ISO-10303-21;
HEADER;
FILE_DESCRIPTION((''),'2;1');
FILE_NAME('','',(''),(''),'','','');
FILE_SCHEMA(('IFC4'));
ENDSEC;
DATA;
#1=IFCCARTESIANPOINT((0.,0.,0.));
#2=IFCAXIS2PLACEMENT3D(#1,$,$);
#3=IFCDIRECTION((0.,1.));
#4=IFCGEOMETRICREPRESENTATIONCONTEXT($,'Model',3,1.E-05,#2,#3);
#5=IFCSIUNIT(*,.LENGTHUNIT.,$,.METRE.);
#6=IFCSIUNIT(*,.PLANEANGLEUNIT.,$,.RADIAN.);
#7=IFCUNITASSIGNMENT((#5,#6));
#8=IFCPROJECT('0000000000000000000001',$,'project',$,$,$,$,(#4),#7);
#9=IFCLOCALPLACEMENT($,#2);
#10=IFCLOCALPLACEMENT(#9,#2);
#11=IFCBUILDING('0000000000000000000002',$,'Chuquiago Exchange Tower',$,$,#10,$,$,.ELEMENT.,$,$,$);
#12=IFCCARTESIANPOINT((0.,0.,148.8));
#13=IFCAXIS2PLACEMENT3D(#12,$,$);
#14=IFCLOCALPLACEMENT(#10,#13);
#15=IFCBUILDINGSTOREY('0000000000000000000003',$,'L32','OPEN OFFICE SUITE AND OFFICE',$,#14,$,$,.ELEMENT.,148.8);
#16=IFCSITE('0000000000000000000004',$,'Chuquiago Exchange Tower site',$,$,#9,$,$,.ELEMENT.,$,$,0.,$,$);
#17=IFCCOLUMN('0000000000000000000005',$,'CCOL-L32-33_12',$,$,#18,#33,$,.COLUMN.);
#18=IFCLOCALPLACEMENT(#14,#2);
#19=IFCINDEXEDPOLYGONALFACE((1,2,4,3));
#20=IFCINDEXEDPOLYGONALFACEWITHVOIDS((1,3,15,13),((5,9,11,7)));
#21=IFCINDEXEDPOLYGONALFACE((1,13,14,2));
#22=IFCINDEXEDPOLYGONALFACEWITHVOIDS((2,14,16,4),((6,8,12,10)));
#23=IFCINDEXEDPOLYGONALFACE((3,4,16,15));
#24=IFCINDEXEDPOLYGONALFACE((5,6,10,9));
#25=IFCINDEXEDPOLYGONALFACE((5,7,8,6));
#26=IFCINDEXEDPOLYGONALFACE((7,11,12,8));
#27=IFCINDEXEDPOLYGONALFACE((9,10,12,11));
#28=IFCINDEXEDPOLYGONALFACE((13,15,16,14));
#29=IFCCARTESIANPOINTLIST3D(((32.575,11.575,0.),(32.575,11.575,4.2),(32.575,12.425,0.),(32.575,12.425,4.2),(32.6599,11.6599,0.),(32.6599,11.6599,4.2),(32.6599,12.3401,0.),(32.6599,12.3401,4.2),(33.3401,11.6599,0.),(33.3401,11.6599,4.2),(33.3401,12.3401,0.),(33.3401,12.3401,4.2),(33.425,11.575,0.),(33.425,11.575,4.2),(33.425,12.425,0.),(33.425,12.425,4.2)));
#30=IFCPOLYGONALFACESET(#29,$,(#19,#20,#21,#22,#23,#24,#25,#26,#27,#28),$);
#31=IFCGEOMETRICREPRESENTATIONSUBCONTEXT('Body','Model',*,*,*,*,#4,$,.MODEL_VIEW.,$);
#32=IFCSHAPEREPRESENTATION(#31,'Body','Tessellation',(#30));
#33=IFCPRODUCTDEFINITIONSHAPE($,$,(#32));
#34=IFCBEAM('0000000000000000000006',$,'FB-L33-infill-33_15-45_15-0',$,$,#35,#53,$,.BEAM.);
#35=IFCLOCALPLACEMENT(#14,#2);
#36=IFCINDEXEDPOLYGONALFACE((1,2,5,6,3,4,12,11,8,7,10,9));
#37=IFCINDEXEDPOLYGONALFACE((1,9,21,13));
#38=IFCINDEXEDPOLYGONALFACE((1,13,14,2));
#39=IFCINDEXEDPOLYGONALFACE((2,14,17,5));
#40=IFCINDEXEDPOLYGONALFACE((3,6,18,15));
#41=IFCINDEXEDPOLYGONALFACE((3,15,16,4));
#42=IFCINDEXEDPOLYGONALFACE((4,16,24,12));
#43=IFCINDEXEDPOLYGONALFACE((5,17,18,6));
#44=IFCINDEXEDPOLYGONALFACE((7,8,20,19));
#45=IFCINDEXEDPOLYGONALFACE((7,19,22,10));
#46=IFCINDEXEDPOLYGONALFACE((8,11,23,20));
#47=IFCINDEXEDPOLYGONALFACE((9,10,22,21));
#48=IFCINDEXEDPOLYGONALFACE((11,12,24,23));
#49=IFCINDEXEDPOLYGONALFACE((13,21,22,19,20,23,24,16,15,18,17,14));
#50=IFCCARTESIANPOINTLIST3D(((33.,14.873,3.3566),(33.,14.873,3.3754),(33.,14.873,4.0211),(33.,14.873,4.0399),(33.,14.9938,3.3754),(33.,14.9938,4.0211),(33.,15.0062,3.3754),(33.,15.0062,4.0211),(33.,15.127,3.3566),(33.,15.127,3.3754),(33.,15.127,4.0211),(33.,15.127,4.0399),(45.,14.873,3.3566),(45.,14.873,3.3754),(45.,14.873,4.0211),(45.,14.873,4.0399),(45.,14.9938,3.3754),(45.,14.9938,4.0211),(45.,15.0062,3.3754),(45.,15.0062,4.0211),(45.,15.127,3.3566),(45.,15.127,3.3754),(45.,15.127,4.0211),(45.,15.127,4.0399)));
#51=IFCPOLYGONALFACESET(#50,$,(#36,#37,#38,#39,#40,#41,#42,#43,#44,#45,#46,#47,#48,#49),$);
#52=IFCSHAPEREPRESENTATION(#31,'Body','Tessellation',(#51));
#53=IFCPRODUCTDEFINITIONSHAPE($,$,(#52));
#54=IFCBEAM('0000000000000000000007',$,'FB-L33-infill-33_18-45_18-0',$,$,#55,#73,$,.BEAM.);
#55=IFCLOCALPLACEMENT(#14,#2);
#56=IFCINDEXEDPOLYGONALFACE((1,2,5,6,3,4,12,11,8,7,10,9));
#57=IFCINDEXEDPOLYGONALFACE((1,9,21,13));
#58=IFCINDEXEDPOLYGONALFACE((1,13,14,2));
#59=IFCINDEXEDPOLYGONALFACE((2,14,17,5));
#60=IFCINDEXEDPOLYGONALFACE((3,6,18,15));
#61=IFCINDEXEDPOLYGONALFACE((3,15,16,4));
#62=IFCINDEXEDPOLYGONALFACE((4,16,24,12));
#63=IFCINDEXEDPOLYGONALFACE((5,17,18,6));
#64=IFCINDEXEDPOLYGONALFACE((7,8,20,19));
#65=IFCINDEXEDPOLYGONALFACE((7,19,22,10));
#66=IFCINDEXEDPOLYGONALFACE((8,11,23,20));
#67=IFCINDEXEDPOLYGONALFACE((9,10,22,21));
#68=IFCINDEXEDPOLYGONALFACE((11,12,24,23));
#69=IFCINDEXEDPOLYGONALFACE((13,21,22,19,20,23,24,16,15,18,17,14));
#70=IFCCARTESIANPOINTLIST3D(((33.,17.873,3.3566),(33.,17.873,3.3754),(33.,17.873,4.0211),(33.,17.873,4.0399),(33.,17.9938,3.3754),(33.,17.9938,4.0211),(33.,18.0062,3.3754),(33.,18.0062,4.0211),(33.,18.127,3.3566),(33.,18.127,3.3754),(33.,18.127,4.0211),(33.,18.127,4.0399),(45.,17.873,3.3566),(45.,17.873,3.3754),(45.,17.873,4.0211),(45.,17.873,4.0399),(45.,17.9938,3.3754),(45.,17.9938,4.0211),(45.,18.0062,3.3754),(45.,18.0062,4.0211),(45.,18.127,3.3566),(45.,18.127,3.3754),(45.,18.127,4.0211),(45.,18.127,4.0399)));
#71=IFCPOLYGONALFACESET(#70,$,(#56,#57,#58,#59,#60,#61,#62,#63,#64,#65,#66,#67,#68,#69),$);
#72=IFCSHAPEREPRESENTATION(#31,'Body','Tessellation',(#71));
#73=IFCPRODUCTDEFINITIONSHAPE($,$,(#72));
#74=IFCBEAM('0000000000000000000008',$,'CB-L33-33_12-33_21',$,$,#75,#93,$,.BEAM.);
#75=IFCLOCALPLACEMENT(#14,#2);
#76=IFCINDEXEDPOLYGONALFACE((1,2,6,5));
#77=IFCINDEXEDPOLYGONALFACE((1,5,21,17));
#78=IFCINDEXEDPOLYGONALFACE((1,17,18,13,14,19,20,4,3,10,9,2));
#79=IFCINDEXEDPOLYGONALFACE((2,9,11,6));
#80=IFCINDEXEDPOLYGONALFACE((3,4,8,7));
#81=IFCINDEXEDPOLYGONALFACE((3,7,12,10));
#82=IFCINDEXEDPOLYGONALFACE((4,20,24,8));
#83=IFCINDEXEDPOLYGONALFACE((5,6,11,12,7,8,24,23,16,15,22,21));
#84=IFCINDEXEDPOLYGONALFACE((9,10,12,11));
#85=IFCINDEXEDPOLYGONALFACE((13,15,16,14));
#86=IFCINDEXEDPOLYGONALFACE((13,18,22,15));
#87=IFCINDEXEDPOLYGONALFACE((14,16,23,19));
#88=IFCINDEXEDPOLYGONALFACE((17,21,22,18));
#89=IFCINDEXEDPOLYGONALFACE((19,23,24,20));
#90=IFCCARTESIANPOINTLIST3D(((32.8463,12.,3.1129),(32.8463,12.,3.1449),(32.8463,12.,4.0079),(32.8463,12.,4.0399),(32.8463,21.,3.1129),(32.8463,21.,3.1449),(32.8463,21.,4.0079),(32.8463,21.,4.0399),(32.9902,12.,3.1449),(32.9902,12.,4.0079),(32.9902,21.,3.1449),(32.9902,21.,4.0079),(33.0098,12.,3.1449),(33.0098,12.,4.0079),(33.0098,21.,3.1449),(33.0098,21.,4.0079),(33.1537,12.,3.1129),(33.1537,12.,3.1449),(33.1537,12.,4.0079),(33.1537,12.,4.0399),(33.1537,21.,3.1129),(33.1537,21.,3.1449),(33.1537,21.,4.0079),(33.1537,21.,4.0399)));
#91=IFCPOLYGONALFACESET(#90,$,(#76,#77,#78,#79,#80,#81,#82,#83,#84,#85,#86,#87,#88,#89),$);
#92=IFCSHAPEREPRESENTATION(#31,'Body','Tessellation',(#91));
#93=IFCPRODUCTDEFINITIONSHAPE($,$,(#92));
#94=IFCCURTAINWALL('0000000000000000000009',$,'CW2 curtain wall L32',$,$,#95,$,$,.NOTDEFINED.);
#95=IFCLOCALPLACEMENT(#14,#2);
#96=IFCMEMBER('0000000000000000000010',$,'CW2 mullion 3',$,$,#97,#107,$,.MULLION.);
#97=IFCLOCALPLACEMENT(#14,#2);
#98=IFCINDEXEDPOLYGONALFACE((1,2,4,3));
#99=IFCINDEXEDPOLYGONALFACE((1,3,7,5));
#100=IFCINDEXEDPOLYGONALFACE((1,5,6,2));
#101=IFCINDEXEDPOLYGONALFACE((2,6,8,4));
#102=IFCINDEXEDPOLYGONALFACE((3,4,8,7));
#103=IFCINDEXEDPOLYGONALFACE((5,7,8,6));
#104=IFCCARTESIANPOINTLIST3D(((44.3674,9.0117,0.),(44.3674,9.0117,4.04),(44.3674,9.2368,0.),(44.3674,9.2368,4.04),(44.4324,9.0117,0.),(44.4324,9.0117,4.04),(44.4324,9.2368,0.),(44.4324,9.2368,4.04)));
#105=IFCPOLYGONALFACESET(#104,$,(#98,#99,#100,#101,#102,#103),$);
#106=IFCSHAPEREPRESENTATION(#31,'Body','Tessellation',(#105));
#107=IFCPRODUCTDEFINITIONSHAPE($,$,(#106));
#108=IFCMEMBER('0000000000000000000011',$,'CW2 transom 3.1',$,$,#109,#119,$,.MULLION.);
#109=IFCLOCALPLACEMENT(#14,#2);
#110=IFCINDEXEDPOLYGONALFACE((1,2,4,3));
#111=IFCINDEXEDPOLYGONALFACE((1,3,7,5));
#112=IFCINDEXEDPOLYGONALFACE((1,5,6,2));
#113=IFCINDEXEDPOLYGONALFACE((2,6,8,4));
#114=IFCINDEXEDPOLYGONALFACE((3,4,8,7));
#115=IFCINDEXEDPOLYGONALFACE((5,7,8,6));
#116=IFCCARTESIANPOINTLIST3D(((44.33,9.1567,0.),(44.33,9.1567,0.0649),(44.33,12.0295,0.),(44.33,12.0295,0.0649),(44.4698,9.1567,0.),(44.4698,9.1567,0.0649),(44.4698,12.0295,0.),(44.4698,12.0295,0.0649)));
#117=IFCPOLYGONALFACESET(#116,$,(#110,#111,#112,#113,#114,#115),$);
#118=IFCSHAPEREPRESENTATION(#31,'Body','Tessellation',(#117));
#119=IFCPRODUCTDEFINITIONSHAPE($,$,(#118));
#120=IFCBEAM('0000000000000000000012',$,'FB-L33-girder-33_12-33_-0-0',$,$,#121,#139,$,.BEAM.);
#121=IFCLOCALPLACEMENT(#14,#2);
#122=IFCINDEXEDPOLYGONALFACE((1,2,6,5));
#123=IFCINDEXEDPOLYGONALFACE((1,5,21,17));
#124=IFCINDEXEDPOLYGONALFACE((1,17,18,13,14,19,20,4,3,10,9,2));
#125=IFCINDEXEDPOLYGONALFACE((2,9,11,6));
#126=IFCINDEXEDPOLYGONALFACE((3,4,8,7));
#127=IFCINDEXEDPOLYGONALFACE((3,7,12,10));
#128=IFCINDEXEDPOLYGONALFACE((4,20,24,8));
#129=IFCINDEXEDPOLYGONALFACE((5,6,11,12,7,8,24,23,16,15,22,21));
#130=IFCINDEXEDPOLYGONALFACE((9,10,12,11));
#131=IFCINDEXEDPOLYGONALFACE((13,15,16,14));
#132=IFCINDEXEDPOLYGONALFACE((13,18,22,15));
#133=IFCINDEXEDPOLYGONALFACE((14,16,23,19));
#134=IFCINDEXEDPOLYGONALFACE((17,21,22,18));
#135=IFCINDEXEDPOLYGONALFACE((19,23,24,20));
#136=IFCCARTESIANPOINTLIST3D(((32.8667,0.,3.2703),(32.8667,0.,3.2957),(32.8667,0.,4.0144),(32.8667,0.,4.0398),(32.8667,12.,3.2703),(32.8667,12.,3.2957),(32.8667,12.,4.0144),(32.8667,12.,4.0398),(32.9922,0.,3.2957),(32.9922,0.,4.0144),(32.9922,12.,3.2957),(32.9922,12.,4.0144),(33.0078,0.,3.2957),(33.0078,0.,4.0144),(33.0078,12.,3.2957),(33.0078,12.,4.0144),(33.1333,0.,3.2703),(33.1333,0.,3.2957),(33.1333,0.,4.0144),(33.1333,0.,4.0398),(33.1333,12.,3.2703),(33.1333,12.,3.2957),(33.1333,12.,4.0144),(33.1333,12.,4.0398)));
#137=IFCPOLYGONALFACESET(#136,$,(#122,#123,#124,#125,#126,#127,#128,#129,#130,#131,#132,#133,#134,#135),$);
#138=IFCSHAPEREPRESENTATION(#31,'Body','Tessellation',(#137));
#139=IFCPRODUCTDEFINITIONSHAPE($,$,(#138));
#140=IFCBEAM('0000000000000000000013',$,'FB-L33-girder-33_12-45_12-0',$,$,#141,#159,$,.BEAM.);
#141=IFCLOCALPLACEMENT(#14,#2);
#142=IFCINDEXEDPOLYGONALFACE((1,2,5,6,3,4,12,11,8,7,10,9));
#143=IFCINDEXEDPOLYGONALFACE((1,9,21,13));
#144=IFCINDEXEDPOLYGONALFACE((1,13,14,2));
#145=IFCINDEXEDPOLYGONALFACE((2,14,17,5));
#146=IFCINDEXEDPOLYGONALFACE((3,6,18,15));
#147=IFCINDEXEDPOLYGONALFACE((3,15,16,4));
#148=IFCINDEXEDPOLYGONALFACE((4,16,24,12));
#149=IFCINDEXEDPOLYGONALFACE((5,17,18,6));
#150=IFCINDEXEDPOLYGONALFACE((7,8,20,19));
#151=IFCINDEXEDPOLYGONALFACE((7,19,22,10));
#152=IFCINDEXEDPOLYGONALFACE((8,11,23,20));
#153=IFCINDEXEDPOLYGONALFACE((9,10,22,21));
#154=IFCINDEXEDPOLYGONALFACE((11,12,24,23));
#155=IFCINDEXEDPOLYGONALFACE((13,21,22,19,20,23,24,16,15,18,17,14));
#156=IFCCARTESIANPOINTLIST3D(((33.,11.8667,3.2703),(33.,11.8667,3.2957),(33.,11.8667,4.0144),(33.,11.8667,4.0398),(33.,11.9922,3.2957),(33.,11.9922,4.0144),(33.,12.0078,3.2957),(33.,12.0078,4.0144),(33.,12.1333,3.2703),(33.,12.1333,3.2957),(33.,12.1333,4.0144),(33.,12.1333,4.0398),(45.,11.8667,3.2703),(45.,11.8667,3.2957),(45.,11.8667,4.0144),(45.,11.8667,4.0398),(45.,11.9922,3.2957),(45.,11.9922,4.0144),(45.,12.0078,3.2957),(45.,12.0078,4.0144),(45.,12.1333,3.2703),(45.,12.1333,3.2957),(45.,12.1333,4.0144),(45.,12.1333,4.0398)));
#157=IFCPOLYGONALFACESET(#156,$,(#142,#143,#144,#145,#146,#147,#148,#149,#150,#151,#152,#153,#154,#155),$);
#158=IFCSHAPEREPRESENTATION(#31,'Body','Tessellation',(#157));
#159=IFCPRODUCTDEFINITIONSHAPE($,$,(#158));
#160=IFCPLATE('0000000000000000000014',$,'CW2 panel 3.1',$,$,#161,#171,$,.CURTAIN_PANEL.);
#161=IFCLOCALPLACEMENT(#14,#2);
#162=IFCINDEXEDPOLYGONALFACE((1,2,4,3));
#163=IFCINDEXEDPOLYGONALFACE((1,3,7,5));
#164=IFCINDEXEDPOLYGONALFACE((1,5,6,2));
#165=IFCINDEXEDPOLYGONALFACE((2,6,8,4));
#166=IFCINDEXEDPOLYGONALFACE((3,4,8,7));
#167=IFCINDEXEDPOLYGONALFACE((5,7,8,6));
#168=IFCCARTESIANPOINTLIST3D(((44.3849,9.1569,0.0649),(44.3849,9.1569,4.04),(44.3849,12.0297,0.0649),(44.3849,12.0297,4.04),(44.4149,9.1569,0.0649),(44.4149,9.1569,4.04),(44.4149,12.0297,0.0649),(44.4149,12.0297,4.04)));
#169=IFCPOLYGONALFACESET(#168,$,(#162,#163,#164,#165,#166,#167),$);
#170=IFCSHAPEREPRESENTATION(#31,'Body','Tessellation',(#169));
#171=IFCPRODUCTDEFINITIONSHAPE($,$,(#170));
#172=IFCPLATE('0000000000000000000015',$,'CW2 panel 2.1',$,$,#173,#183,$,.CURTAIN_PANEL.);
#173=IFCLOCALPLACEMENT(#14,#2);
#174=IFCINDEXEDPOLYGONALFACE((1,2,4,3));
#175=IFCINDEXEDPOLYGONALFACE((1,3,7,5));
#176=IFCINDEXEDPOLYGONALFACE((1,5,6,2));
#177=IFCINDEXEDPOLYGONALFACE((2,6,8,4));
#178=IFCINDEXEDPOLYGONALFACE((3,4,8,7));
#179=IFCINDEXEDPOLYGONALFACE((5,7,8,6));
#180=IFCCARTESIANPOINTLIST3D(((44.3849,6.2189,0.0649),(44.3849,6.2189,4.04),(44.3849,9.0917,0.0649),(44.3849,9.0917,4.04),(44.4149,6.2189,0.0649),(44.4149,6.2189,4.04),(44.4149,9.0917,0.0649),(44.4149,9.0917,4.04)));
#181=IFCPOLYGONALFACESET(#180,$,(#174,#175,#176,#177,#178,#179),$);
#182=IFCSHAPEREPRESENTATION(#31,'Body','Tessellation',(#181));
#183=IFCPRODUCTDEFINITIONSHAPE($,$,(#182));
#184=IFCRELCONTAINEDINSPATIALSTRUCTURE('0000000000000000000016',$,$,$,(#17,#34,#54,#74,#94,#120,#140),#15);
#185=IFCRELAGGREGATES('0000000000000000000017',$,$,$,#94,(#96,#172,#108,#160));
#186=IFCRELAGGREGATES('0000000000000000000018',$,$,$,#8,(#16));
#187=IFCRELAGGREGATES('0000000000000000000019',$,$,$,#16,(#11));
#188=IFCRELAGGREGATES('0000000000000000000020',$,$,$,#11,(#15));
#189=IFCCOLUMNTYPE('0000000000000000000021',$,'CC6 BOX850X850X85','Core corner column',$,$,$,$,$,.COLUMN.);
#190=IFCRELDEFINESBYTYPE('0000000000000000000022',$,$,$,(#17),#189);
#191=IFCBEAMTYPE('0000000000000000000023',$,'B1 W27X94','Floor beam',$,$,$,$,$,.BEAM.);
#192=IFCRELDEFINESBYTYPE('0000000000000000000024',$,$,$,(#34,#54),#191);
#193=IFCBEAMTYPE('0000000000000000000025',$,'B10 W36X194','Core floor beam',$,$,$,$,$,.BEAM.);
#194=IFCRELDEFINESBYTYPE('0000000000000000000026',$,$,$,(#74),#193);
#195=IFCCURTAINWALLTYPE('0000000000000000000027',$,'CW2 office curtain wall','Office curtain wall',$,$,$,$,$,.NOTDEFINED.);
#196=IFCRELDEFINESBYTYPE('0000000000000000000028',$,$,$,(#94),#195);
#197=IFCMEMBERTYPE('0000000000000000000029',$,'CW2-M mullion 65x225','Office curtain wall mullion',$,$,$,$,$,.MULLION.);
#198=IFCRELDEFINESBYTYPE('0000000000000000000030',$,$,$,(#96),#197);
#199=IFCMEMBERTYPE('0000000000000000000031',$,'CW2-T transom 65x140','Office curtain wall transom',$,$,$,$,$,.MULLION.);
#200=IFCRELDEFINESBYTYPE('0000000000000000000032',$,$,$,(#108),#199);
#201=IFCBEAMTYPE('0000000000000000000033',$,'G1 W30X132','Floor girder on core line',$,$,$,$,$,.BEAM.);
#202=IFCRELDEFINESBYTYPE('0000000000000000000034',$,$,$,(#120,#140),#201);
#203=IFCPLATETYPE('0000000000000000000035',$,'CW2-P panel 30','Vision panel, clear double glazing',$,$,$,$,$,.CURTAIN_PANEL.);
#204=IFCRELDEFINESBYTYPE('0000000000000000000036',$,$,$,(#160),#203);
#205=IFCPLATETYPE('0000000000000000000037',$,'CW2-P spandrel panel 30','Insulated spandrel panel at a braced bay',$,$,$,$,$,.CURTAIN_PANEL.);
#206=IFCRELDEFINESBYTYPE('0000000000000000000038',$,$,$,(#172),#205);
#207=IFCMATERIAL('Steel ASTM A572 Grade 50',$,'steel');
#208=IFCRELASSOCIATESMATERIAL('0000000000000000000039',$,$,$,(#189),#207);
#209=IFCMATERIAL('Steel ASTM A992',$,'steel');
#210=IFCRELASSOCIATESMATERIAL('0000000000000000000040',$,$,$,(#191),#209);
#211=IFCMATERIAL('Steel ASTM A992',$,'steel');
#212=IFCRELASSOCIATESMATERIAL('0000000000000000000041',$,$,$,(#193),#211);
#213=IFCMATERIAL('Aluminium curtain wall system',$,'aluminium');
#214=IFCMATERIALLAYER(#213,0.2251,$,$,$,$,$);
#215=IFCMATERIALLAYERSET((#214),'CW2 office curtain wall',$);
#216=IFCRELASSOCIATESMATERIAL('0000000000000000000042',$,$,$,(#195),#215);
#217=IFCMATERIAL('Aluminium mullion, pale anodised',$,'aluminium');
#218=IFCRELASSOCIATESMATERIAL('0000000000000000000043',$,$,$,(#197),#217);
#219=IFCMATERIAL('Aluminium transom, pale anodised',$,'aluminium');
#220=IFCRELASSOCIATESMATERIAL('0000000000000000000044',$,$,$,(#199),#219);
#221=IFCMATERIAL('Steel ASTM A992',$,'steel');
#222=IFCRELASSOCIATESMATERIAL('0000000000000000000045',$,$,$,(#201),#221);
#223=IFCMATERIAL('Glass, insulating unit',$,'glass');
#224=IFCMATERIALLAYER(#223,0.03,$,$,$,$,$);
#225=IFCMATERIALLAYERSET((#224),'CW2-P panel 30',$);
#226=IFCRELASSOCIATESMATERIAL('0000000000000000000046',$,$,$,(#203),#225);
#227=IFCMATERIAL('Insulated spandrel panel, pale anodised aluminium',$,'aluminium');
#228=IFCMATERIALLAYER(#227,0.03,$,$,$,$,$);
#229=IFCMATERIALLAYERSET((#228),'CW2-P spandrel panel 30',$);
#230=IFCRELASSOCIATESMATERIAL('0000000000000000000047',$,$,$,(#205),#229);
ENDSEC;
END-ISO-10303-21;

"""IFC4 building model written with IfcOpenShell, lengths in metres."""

from ifc_helpers import new_model, si_unit, direction, frame, origin, origin_2d, place, context, subcontext, project, spatial, rectangle, hollow_rectangle, i_section, extrude, material, layer, layer_set, material_profile, profile_set, type_object, element, aggregate, save


model = new_model("IFC4")

# Units and contexts
model_context = context("Model", 3, precision=1e-05, world=origin(), true_north=direction((0.0, 1.0)))
body_context = subcontext(model_context, "Body", "Model", "MODEL_VIEW")
ifc_project = project(units=[si_unit("LENGTHUNIT", "METRE"), si_unit("PLANEANGLEUNIT", "RADIAN")], contexts=[model_context])

# Site, building, storey
site_placement = place(None, origin())
site = spatial("IfcSite", under=ifc_project, at=site_placement, Name="Chuquiago Exchange Tower site", CompositionType="ELEMENT", RefElevation=0.0)
building_placement = place(site_placement, origin())
building = spatial("IfcBuilding", under=site, at=building_placement, Name="Chuquiago Exchange Tower", CompositionType="ELEMENT")
storey_placement = place(building_placement, frame((0.0, 0.0, 148.8)))
storey = spatial("IfcBuildingStorey", under=building, at=storey_placement, Name="L32", Description="OPEN OFFICE SUITE AND OFFICE", CompositionType="ELEMENT", Elevation=148.8)

# Column
ifc_material_1 = material(Name="Steel ASTM A572 Grade 50", Category="steel")
ifc_material_profile_1 = material_profile(ifc_material_1, hollow_rectangle(XDim=0.8501, YDim=0.8501, WallThickness=0.085, at=origin_2d()), Name="BOX850X850X85")
ifc_profile_set_1 = profile_set([ifc_material_profile_1], Name="Steel ASTM A572 Grade 50")
column_type = type_object("IfcColumnType", Name="CC6 BOX850X850X85", Description="Core corner column", PredefinedType="COLUMN", material=ifc_profile_set_1)
column_placement = place(storey_placement, frame((33.0, 12.0, 0.0), z_axis=(0.0, 0.0, 1.0), x_axis=(1.0, 0.0, 0.0)))
element("IfcColumn", 1, at=column_placement, inside=storey, type_object=column_type, Name="CCOL-L32-33_12", PredefinedType="COLUMN", context=body_context, shape_type="SweptSolid", body=[
    extrude(hollow_rectangle(XDim=0.8501, YDim=0.8501, WallThickness=0.085, at=origin_2d()), origin(), (0.0, 0.0, 1.0), 4.2),
])

# Beams
ifc_material_2 = material(Name="Steel ASTM A992", Category="steel")
ifc_material_profile_2 = material_profile(ifc_material_2, i_section(OverallWidth=0.2539, OverallDepth=0.6833, WebThickness=0.0125, FlangeThickness=0.0188, at=origin_2d()), Name="W27X94")
ifc_profile_set_2 = profile_set([ifc_material_profile_2], Name="Steel ASTM A992")
beam_type_1 = type_object("IfcBeamType", Name="B1 W27X94", Description="Floor beam", PredefinedType="BEAM", material=ifc_profile_set_2)
for number, where, z_axis, x_axis, name in (
    (2, (33.0, 15.0, 3.6982), (1.0, 0.0, 0.0), (0.0, 1.0, 0.0), "FB-L33-infill-33_15-45_15-0"),
    (3, (33.0, 18.0, 3.6982), (1.0, 0.0, 0.0), (0.0, 1.0, 0.0), "FB-L33-infill-33_18-45_18-0"),
):
    element("IfcBeam", number, at=place(storey_placement, frame(where, z_axis=z_axis, x_axis=x_axis)), inside=storey, type_object=beam_type_1, Name=name, PredefinedType="BEAM", context=body_context, shape_type="SweptSolid", body=[
        extrude(i_section(OverallWidth=0.2539, OverallDepth=0.6833, WebThickness=0.0125, FlangeThickness=0.0188, at=origin_2d()), origin(), (0.0, 0.0, 1.0), 12.0),
    ])
ifc_material_3 = material(Name="Steel ASTM A992", Category="steel")
ifc_material_profile_3 = material_profile(ifc_material_3, i_section(OverallWidth=0.3074, OverallDepth=0.927, WebThickness=0.0195, FlangeThickness=0.032, at=origin_2d()), Name="W36X194")
ifc_profile_set_3 = profile_set([ifc_material_profile_3], Name="Steel ASTM A992")
beam_type_2 = type_object("IfcBeamType", Name="B10 W36X194", Description="Core floor beam", PredefinedType="BEAM", material=ifc_profile_set_3)
beam_placement = place(storey_placement, frame((33.0, 12.0, 3.5764), z_axis=(0.0, 1.0, 0.0), x_axis=(-1.0, 0.0, 0.0)))
element("IfcBeam", 4, at=beam_placement, inside=storey, type_object=beam_type_2, Name="CB-L33-33_12-33_21", PredefinedType="BEAM", context=body_context, shape_type="SweptSolid", body=[
    extrude(i_section(OverallWidth=0.3074, OverallDepth=0.927, WebThickness=0.0195, FlangeThickness=0.032, at=origin_2d()), origin(), (0.0, 0.0, 1.0), 9.0),
])

# Curtain wall, members
ifc_material_4 = material(Name="Aluminium curtain wall system", Category="aluminium")
ifc_layer_1 = layer(ifc_material_4, 0.2251)
ifc_layer_set_1 = layer_set([ifc_layer_1], Name="CW2 office curtain wall")
curtain_wall_type = type_object("IfcCurtainWallType", Name="CW2 office curtain wall", Description="Office curtain wall", PredefinedType="NOTDEFINED", material=ifc_layer_set_1)
curtain_wall_placement = place(storey_placement, origin())
curtain_wall = element("IfcCurtainWall", 5, at=curtain_wall_placement, inside=storey, type_object=curtain_wall_type, Name="CW2 curtain wall L32", PredefinedType="NOTDEFINED")
ifc_material_5 = material(Name="Aluminium mullion, pale anodised", Category="aluminium")
ifc_material_profile_4 = material_profile(ifc_material_5, rectangle(XDim=0.0649, YDim=0.2251, at=origin_2d()), Name="AL 65x225")
ifc_profile_set_4 = profile_set([ifc_material_profile_4], Name="Aluminium mullion, pale anodised")
member_type_1 = type_object("IfcMemberType", Name="CW2-M mullion 65x225", Description="Office curtain wall mullion", PredefinedType="MULLION", material=ifc_profile_set_4)
member_1_placement = place(storey_placement, frame((44.3999, 9.1243, 0.0), z_axis=(0.0, 0.0, 1.0), x_axis=(-1.0, 0.0, 0.0)))
member_1 = element("IfcMember", 6, at=member_1_placement, type_object=member_type_1, Name="CW2 mullion 3", PredefinedType="MULLION", context=body_context, shape_type="SweptSolid", body=[
    extrude(rectangle(XDim=0.0649, YDim=0.2251, at=origin_2d()), origin(), (0.0, 0.0, 1.0), 4.04),
])
ifc_material_6 = material(Name="Aluminium transom, pale anodised", Category="aluminium")
ifc_material_profile_5 = material_profile(ifc_material_6, rectangle(XDim=0.1399, YDim=0.0649, at=origin_2d()), Name="AL 140x65")
ifc_profile_set_5 = profile_set([ifc_material_profile_5], Name="Aluminium transom, pale anodised")
member_type_2 = type_object("IfcMemberType", Name="CW2-T transom 65x140", Description="Office curtain wall transom", PredefinedType="MULLION", material=ifc_profile_set_5)
member_2_placement = place(storey_placement, frame((44.3999, 9.1567, 0.0325), z_axis=(0.0, 1.0, 0.0), x_axis=(-1.0, 0.0, 0.0)))
member_2 = element("IfcMember", 7, at=member_2_placement, type_object=member_type_2, Name="CW2 transom 3.1", PredefinedType="MULLION", context=body_context, shape_type="SweptSolid", body=[
    extrude(rectangle(XDim=0.1399, YDim=0.0649, at=origin_2d()), origin(), (0.0, 0.0, 1.0), 2.8728),
])

# Beams
ifc_material_7 = material(Name="Steel ASTM A992", Category="steel")
ifc_material_profile_6 = material_profile(ifc_material_7, i_section(OverallWidth=0.2666, OverallDepth=0.7695, WebThickness=0.0156, FlangeThickness=0.0254, at=origin_2d()), Name="W30X132")
ifc_profile_set_6 = profile_set([ifc_material_profile_6], Name="Steel ASTM A992")
beam_type_3 = type_object("IfcBeamType", Name="G1 W30X132", Description="Floor girder on core line", PredefinedType="BEAM", material=ifc_profile_set_6)
for number, where, z_axis, x_axis, name in (
    (8, (33.0, 12.0, 3.655), (0.0, -1.0, 0.0), (1.0, 0.0, 0.0), "FB-L33-girder-33_12-33_-0-0"),
    (9, (33.0, 12.0, 3.655), (1.0, 0.0, 0.0), (0.0, 1.0, 0.0), "FB-L33-girder-33_12-45_12-0"),
):
    element("IfcBeam", number, at=place(storey_placement, frame(where, z_axis=z_axis, x_axis=x_axis)), inside=storey, type_object=beam_type_3, Name=name, PredefinedType="BEAM", context=body_context, shape_type="SweptSolid", body=[
        extrude(i_section(OverallWidth=0.2666, OverallDepth=0.7695, WebThickness=0.0156, FlangeThickness=0.0254, at=origin_2d()), origin(), (0.0, 0.0, 1.0), 12.0),
    ])

# Plates
ifc_material_8 = material(Name="Glass, insulating unit", Category="glass")
ifc_layer_2 = layer(ifc_material_8, 0.03)
ifc_layer_set_2 = layer_set([ifc_layer_2], Name="CW2-P panel 30")
plate_type_1 = type_object("IfcPlateType", Name="CW2-P panel 30", Description="Vision panel, clear double glazing", PredefinedType="CURTAIN_PANEL", material=ifc_layer_set_2)
plate_1_placement = place(storey_placement, frame((44.3999, 10.5933, 0.0649), z_axis=(0.0, 0.0, 1.0), x_axis=(0.0, 1.0, 0.0)))
plate_1 = element("IfcPlate", 10, at=plate_1_placement, type_object=plate_type_1, Name="CW2 panel 3.1", PredefinedType="CURTAIN_PANEL", context=body_context, shape_type="SweptSolid", body=[
    extrude(rectangle(XDim=2.8728, YDim=0.03, at=origin_2d()), origin(), (0.0, 0.0, 1.0), 3.9751),
])
ifc_material_9 = material(Name="Insulated spandrel panel, pale anodised aluminium", Category="aluminium")
ifc_layer_3 = layer(ifc_material_9, 0.03)
ifc_layer_set_3 = layer_set([ifc_layer_3], Name="CW2-P spandrel panel 30")
plate_type_2 = type_object("IfcPlateType", Name="CW2-P spandrel panel 30", Description="Insulated spandrel panel at a braced bay", PredefinedType="CURTAIN_PANEL", material=ifc_layer_set_3)
plate_2_placement = place(storey_placement, frame((44.3999, 7.6553, 0.0649), z_axis=(0.0, 0.0, 1.0), x_axis=(0.0, 1.0, 0.0)))
plate_2 = element("IfcPlate", 11, at=plate_2_placement, type_object=plate_type_2, Name="CW2 panel 2.1", PredefinedType="CURTAIN_PANEL", context=body_context, shape_type="SweptSolid", body=[
    extrude(rectangle(XDim=2.8728, YDim=0.03, at=origin_2d()), origin(), (0.0, 0.0, 1.0), 3.9751),
])
aggregate(curtain_wall, [member_1, plate_2, member_2, plate_1])

save(model, "model.ifc")
